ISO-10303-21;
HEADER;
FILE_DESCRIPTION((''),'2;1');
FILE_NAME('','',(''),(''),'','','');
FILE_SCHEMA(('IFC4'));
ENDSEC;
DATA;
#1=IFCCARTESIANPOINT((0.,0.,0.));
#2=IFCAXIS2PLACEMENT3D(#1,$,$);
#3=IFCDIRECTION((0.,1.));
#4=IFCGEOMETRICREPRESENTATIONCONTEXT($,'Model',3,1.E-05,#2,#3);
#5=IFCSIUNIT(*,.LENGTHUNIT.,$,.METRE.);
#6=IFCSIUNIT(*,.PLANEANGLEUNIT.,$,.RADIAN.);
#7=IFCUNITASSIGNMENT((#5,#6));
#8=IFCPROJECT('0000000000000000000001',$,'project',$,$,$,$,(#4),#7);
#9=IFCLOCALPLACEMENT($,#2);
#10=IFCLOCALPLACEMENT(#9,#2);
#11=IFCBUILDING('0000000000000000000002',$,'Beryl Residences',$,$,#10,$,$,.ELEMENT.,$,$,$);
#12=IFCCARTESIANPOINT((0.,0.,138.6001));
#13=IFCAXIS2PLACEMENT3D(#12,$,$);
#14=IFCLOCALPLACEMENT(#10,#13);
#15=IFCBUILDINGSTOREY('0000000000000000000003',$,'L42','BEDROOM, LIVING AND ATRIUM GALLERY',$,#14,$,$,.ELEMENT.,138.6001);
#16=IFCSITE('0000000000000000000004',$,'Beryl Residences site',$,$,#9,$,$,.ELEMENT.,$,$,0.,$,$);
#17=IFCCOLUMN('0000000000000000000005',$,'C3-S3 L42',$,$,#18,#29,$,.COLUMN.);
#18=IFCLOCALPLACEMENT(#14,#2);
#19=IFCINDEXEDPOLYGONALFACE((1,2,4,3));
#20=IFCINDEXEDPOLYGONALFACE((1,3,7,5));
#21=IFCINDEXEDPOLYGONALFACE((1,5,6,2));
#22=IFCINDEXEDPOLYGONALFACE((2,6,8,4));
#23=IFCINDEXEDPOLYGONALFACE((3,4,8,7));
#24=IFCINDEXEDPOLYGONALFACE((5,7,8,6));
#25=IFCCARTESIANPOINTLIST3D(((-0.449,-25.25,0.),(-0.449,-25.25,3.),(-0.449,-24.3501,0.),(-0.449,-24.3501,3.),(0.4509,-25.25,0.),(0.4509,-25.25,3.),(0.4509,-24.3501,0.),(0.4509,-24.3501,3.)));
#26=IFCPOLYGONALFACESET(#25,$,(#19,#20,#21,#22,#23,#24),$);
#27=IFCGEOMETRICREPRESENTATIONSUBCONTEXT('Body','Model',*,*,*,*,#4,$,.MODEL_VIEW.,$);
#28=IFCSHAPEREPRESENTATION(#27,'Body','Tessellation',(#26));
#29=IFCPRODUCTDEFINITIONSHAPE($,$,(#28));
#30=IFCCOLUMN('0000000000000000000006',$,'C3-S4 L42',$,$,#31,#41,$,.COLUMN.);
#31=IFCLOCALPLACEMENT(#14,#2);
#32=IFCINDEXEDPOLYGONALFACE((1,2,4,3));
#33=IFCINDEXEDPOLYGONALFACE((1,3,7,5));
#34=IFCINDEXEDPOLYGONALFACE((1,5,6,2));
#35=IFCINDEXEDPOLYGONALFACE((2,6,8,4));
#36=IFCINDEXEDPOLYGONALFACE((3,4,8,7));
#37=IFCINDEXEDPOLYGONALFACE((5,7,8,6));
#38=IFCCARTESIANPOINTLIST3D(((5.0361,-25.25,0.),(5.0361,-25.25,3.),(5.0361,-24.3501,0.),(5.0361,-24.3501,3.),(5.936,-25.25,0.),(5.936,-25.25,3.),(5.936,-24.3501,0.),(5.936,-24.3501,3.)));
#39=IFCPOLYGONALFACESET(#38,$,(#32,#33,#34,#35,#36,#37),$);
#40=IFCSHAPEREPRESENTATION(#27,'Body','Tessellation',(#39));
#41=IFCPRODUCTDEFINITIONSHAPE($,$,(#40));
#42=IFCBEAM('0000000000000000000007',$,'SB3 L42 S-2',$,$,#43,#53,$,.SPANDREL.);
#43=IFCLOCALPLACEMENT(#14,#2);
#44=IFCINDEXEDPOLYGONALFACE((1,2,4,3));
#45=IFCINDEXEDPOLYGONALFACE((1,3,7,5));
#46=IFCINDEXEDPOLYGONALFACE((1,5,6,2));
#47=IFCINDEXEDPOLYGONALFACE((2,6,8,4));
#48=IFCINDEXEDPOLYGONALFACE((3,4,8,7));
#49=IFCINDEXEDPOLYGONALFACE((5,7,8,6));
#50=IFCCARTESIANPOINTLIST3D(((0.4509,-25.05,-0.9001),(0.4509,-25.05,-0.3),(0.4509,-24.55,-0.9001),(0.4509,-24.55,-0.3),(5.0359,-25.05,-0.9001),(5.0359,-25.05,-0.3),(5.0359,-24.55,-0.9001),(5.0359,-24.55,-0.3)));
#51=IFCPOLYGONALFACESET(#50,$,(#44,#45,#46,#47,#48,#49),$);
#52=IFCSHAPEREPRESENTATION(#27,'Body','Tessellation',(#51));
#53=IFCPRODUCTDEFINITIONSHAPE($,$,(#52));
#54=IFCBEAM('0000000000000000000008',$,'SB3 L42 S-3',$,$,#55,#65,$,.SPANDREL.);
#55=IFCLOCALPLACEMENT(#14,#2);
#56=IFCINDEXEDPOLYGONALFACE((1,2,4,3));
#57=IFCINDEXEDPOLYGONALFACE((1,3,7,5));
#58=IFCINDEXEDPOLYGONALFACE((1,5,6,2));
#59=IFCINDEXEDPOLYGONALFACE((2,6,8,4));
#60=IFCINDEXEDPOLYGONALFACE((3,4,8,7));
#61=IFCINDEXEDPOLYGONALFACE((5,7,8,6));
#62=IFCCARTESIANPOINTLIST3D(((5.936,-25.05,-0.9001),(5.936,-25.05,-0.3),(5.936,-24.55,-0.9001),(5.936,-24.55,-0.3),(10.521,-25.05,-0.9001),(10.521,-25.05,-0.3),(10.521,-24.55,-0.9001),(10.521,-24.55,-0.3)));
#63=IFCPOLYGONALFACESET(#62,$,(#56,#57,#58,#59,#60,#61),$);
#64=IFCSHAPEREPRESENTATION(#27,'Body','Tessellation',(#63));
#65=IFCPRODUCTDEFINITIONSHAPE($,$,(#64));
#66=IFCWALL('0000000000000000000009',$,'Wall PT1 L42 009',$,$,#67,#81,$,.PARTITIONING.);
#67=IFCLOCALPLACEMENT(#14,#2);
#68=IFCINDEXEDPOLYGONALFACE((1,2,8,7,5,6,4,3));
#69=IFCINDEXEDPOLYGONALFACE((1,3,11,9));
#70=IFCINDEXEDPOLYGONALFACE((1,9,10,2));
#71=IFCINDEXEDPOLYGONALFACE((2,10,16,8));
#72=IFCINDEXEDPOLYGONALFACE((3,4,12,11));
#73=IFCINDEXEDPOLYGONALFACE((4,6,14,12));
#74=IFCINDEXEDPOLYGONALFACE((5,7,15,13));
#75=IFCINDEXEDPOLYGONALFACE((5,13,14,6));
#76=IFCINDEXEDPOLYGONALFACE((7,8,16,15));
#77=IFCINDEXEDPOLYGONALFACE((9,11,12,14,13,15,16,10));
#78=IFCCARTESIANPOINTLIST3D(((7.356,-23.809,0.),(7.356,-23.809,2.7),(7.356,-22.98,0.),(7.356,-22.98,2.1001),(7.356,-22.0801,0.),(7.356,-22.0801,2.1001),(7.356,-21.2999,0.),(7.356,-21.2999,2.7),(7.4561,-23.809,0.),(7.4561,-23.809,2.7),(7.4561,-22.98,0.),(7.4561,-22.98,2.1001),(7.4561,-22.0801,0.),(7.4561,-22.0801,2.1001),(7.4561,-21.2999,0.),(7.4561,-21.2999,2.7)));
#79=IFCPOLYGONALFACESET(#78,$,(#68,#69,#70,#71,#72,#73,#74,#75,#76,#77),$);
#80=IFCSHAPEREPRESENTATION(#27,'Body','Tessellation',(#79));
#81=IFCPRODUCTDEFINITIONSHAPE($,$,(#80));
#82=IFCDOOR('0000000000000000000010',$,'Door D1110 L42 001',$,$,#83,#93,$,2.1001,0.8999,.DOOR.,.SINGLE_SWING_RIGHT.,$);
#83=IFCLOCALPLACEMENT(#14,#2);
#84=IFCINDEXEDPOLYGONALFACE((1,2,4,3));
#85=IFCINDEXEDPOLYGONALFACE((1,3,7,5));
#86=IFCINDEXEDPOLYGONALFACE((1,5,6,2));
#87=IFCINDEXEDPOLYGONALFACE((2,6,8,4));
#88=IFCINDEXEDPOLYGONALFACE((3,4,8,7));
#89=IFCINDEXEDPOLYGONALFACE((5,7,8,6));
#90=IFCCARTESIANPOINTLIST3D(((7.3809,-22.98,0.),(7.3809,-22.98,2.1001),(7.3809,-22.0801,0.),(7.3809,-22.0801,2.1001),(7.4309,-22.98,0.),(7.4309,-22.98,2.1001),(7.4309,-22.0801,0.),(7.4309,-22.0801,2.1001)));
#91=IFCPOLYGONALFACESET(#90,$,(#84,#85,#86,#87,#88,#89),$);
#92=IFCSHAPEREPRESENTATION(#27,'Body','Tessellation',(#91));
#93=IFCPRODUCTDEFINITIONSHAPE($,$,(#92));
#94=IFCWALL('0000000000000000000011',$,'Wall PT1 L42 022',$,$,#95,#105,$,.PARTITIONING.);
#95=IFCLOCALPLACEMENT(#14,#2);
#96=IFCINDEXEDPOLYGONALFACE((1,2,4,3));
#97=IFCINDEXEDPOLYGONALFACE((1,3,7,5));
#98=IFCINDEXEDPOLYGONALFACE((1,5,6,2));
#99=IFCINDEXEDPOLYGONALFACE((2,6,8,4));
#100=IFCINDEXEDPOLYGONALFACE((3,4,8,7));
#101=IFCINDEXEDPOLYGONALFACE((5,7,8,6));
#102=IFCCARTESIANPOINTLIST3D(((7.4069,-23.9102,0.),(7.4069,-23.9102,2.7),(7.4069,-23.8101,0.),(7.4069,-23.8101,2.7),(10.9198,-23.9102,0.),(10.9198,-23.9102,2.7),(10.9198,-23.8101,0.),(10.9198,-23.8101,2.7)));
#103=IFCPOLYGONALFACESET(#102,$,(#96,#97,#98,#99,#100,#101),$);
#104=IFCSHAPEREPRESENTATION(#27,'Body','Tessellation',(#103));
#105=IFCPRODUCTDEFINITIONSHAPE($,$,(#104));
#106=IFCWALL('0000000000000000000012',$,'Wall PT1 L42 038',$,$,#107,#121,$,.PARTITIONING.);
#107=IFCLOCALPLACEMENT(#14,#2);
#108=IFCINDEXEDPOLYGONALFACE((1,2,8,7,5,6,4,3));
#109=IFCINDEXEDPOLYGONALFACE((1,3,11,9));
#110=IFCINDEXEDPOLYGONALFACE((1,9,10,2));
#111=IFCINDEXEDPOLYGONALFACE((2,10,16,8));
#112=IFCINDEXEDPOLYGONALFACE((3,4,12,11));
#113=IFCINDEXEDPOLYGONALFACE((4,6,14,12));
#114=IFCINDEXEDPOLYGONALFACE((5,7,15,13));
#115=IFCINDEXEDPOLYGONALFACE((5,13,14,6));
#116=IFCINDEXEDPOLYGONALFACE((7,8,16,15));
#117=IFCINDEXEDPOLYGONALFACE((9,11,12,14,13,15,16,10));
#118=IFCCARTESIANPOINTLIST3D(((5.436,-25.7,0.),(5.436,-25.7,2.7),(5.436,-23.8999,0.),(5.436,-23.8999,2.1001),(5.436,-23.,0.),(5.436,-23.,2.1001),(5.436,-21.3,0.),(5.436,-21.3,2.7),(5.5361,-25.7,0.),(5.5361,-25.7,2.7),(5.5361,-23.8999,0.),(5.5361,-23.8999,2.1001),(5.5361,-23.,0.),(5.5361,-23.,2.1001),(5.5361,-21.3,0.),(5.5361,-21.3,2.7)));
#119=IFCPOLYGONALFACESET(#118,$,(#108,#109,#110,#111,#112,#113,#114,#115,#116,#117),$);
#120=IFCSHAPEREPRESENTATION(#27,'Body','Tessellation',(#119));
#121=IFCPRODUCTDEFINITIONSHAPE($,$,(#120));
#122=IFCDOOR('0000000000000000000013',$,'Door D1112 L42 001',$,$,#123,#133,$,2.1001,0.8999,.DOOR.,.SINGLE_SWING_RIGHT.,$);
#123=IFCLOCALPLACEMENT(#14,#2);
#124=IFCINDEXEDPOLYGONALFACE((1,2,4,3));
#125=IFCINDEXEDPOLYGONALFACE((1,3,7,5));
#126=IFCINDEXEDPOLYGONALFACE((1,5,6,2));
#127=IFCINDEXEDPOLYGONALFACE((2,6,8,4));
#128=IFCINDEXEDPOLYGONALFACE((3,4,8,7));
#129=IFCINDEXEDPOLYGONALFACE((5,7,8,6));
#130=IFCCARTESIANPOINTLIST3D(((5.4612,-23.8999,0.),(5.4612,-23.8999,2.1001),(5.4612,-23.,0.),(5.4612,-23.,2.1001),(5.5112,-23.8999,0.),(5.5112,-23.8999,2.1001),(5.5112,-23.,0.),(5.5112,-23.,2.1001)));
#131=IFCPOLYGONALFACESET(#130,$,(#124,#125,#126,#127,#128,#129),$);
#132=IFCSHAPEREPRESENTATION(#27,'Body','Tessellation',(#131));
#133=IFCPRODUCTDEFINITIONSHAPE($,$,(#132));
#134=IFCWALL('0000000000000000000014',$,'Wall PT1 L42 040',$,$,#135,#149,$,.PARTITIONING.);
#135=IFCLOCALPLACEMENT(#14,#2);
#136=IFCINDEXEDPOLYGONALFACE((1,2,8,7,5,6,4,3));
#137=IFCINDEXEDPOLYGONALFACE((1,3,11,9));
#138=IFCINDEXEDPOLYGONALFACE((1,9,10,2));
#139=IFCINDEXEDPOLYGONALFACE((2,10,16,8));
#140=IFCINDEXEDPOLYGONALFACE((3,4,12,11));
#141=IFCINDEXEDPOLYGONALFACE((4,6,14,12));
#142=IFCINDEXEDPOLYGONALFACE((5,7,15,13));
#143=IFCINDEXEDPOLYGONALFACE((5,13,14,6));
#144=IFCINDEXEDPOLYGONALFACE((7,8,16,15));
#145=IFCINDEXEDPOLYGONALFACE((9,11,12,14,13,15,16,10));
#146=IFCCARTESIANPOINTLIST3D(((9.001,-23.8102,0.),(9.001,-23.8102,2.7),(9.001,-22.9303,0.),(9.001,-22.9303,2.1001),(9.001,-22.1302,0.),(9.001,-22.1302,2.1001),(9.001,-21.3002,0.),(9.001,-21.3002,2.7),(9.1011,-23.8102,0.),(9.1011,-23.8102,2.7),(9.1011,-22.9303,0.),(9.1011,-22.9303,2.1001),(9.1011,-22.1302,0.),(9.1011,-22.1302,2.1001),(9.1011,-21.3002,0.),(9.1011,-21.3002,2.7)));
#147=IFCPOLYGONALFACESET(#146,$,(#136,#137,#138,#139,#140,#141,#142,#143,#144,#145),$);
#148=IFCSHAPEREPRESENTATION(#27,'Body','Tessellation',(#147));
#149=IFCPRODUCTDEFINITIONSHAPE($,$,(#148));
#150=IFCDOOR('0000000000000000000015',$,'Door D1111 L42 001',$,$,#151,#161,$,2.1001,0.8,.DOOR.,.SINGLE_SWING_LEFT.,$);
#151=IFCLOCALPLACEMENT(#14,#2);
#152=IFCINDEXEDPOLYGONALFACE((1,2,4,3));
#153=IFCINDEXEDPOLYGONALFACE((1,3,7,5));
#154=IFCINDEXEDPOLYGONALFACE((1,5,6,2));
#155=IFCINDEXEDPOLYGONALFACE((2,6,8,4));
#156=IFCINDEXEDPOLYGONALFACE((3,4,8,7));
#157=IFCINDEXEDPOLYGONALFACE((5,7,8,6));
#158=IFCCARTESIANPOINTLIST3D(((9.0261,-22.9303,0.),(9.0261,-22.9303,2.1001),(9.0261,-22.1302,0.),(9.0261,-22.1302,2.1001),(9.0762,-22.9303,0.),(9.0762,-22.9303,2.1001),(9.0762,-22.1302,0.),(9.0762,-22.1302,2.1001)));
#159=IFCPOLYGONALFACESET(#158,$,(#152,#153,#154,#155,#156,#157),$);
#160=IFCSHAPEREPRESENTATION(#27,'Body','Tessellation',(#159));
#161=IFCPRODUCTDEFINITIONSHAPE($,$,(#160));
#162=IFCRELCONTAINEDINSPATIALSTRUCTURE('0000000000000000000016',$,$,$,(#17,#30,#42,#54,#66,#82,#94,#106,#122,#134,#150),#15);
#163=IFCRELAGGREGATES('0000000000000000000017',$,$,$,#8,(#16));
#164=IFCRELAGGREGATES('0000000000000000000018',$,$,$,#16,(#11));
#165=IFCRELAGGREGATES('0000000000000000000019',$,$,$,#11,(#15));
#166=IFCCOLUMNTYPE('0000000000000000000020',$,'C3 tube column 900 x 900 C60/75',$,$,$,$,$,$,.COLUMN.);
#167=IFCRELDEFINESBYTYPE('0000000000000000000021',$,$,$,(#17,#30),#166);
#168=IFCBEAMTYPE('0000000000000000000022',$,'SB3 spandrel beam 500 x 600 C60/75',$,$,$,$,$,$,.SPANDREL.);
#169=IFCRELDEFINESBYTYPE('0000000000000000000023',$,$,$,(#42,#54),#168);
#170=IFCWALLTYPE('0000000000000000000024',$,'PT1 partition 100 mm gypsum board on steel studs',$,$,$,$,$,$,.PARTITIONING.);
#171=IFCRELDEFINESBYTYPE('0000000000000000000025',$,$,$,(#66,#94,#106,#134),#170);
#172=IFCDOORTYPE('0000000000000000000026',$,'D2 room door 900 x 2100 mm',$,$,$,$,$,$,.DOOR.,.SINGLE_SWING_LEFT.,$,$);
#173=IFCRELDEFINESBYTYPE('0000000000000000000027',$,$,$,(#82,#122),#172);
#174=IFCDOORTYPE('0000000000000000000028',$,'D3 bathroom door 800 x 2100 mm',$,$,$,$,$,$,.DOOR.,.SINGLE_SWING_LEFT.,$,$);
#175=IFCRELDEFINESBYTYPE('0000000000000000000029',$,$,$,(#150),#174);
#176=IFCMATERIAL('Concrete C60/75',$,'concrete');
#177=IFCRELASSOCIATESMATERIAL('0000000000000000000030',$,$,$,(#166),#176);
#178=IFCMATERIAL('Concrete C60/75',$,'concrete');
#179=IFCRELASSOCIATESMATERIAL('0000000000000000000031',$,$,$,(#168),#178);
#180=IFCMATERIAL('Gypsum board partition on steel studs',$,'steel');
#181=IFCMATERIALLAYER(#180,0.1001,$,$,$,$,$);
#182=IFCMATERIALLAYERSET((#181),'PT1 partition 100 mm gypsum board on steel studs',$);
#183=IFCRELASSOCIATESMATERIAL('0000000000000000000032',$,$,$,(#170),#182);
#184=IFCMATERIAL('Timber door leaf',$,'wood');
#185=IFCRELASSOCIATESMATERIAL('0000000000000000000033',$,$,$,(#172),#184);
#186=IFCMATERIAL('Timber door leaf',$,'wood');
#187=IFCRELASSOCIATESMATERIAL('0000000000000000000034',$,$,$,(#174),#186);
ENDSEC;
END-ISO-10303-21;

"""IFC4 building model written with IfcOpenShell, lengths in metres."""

from ifc_helpers import new_model, si_unit, direction, frame, frame_2d, origin, origin_2d, place, context, subcontext, project, spatial, rectangle, extrude, material, layer, layer_set, material_profile, profile_set, type_object, element, fill, save


model = new_model("IFC4")

# Units and contexts
model_context = context("Model", 3, precision=1e-05, world=origin(), true_north=direction((0.0, 1.0)))
body_context = subcontext(model_context, "Body", "Model", "MODEL_VIEW")
ifc_project = project(units=[si_unit("LENGTHUNIT", "METRE"), si_unit("PLANEANGLEUNIT", "RADIAN")], contexts=[model_context])

# Site, building, storey
site_placement = place(None, origin())
site = spatial("IfcSite", under=ifc_project, at=site_placement, Name="Beryl Residences site", CompositionType="ELEMENT", RefElevation=0.0)
building_placement = place(site_placement, origin())
building = spatial("IfcBuilding", under=site, at=building_placement, Name="Beryl Residences", CompositionType="ELEMENT")
storey_placement = place(building_placement, frame((0.0, 0.0, 138.6001)))
storey = spatial("IfcBuildingStorey", under=building, at=storey_placement, Name="L42", Description="BEDROOM, LIVING AND ATRIUM GALLERY", CompositionType="ELEMENT", Elevation=138.6001)

# Columns
ifc_material_1 = material(Name="Concrete C60/75", Category="concrete")
ifc_material_profile_1 = material_profile(ifc_material_1, rectangle(XDim=0.8999, YDim=0.8999, at=origin_2d()))
ifc_profile_set_1 = profile_set([ifc_material_profile_1], Name="Concrete C60/75")
column_type = type_object("IfcColumnType", Name="C3 tube column 900 x 900 C60/75", PredefinedType="COLUMN", material=ifc_profile_set_1)
for number, where, z_axis, x_axis, name in (
    (1, (0.001, -24.8, 0.0), (0.0, 0.0, 1.0), (1.0, 0.0, 0.0), "C3-S3 L42"),
    (2, (5.4861, -24.8, 0.0), (0.0, 0.0, 1.0), (1.0, 0.0, 0.0), "C3-S4 L42"),
):
    element("IfcColumn", number, at=place(storey_placement, frame(where, z_axis=z_axis, x_axis=x_axis)), inside=storey, type_object=column_type, Name=name, PredefinedType="COLUMN", context=body_context, shape_type="SweptSolid", body=[
        extrude(rectangle(XDim=0.8999, YDim=0.8999, at=origin_2d()), origin(), (0.0, 0.0, 1.0), 3.0),
    ])

# Beams
ifc_material_2 = material(Name="Concrete C60/75", Category="concrete")
ifc_material_profile_2 = material_profile(ifc_material_2, rectangle(XDim=0.5, YDim=0.6001, at=origin_2d()))
ifc_profile_set_2 = profile_set([ifc_material_profile_2], Name="Concrete C60/75")
beam_type = type_object("IfcBeamType", Name="SB3 spandrel beam 500 x 600 C60/75", PredefinedType="SPANDREL", material=ifc_profile_set_2)
for number, where, z_axis, x_axis, name in (
    (3, (0.4509, -24.8, -0.6001), (1.0, 0.0, 0.0), (0.0, 1.0, 0.0), "SB3 L42 S-2"),
    (4, (5.936, -24.8, -0.6001), (1.0, 0.0, 0.0), (0.0, 1.0, 0.0), "SB3 L42 S-3"),
):
    element("IfcBeam", number, at=place(storey_placement, frame(where, z_axis=z_axis, x_axis=x_axis)), inside=storey, type_object=beam_type, Name=name, PredefinedType="SPANDREL", context=body_context, shape_type="SweptSolid", body=[
        extrude(rectangle(XDim=0.5, YDim=0.6001, at=origin_2d()), origin(), (0.0, 0.0, 1.0), 4.585),
    ])

# Wall, opening, door
ifc_material_3 = material(Name="Gypsum board partition on steel studs", Category="steel")
ifc_layer_1 = layer(ifc_material_3, 0.1001)
ifc_layer_set_1 = layer_set([ifc_layer_1], Name="PT1 partition 100 mm gypsum board on steel studs")
wall_type_1 = type_object("IfcWallType", Name="PT1 partition 100 mm gypsum board on steel studs", PredefinedType="PARTITIONING", material=ifc_layer_set_1)
wall_1_placement = place(storey_placement, frame((7.406, -21.3, 0.0), z_axis=(0.0, 0.0, 1.0), x_axis=(0.0, -1.0, 0.0)))
wall_1 = element("IfcWall", 5, at=wall_1_placement, inside=storey, type_object=wall_type_1, Name="Wall PT1 L42 009", PredefinedType="PARTITIONING", context=body_context, shape_type="SweptSolid", body=[
    extrude(rectangle(XDim=2.509, YDim=0.1001, at=frame_2d((1.2544, 0.0))), origin(), (0.0, 0.0, 1.0), 2.7),
])
opening_1_placement = place(wall_1_placement, frame((0.78, 0.0, 0.0)))
opening_1 = element("IfcOpeningElement", 6, at=opening_1_placement, cuts=wall_1, PredefinedType="OPENING", context=body_context, shape_type="SweptSolid", body=[
    extrude(rectangle(XDim=0.8999, YDim=2.1001, at=frame_2d((0.45, 1.05))), frame((0.0, 0.0601, 0.0), z_axis=(0.0, -1.0, 0.0), x_axis=(1.0, 0.0, 0.0)), (0.0, 0.0, 1.0), 0.1201),
])
ifc_material_4 = material(Name="Timber door leaf", Category="wood")
door_type_1 = type_object("IfcDoorType", Name="D2 room door 900 x 2100 mm", OperationType="SINGLE_SWING_LEFT", PredefinedType="DOOR", material=ifc_material_4)
door_1_placement = place(opening_1_placement, origin())
door_1 = element("IfcDoor", 7, at=door_1_placement, inside=storey, type_object=door_type_1, Name="Door D1110 L42 001", OperationType="SINGLE_SWING_RIGHT", OverallHeight=2.1001, OverallWidth=0.8999, PredefinedType="DOOR", context=body_context, shape_type="SweptSolid", body=[
    extrude(rectangle(XDim=0.8999, YDim=2.1001, at=frame_2d((0.45, 1.05))), frame((0.0, 0.0249, 0.0), z_axis=(0.0, -1.0, 0.0), x_axis=(1.0, 0.0, 0.0)), (0.0, 0.0, 1.0), 0.05),
])
fill(opening_1, door_1)

# Wall
wall_2_placement = place(storey_placement, frame((7.407, -23.8601, 0.0), z_axis=(0.0, 0.0, 1.0), x_axis=(1.0, 0.0, 0.0)))
element("IfcWall", 8, at=wall_2_placement, inside=storey, type_object=wall_type_1, Name="Wall PT1 L42 022", PredefinedType="PARTITIONING", context=body_context, shape_type="SweptSolid", body=[
    extrude(rectangle(XDim=3.5129, YDim=0.1001, at=frame_2d((1.7563, 0.0))), origin(), (0.0, 0.0, 1.0), 2.7),
])

# Walls, openings, doors
wall_3_placement = place(storey_placement, frame((5.4861, -25.7, 0.0), z_axis=(0.0, 0.0, 1.0), x_axis=(0.0, 1.0, 0.0)))
wall_3 = element("IfcWall", 9, at=wall_3_placement, inside=storey, type_object=wall_type_1, Name="Wall PT1 L42 038", PredefinedType="PARTITIONING", context=body_context, shape_type="SweptSolid", body=[
    extrude(rectangle(XDim=4.3999, YDim=0.1001, at=frame_2d((2.2, 0.0))), origin(), (0.0, 0.0, 1.0), 2.7),
])
opening_2_placement = place(wall_3_placement, frame((1.8, 0.0, 0.0)))
opening_2 = element("IfcOpeningElement", 10, at=opening_2_placement, cuts=wall_3, PredefinedType="OPENING", context=body_context, shape_type="SweptSolid", body=[
    extrude(rectangle(XDim=0.8999, YDim=2.1001, at=frame_2d((0.45, 1.05))), frame((0.0, 0.0601, 0.0), z_axis=(0.0, -1.0, 0.0), x_axis=(1.0, 0.0, 0.0)), (0.0, 0.0, 1.0), 0.1201),
])
door_2_placement = place(opening_2_placement, origin())
door_2 = element("IfcDoor", 11, at=door_2_placement, inside=storey, type_object=door_type_1, Name="Door D1112 L42 001", OperationType="SINGLE_SWING_RIGHT", OverallHeight=2.1001, OverallWidth=0.8999, PredefinedType="DOOR", context=body_context, shape_type="SweptSolid", body=[
    extrude(rectangle(XDim=0.8999, YDim=2.1001, at=frame_2d((0.45, 1.05))), frame((0.0, 0.0249, 0.0), z_axis=(0.0, -1.0, 0.0), x_axis=(1.0, 0.0, 0.0)), (0.0, 0.0, 1.0), 0.05),
])
fill(opening_2, door_2)
wall_4_placement = place(storey_placement, frame((9.051, -23.8101, 0.0), z_axis=(0.0, 0.0, 1.0), x_axis=(0.0, 1.0, 0.0)))
wall_4 = element("IfcWall", 12, at=wall_4_placement, inside=storey, type_object=wall_type_1, Name="Wall PT1 L42 040", PredefinedType="PARTITIONING", context=body_context, shape_type="SweptSolid", body=[
    extrude(rectangle(XDim=2.51, YDim=0.1001, at=frame_2d((1.2549, 0.0))), origin(), (0.0, 0.0, 1.0), 2.7),
])
opening_3_placement = place(wall_4_placement, frame((0.8799, 0.0, 0.0)))
opening_3 = element("IfcOpeningElement", 13, at=opening_3_placement, cuts=wall_4, PredefinedType="OPENING", context=body_context, shape_type="SweptSolid", body=[
    extrude(rectangle(XDim=0.8, YDim=2.1001, at=frame_2d((0.3999, 1.05))), frame((0.0, 0.0601, 0.0), z_axis=(0.0, -1.0, 0.0), x_axis=(1.0, 0.0, 0.0)), (0.0, 0.0, 1.0), 0.1201),
])
ifc_material_5 = material(Name="Timber door leaf", Category="wood")
door_type_2 = type_object("IfcDoorType", Name="D3 bathroom door 800 x 2100 mm", OperationType="SINGLE_SWING_LEFT", PredefinedType="DOOR", material=ifc_material_5)
door_3_placement = place(opening_3_placement, origin())
door_3 = element("IfcDoor", 14, at=door_3_placement, inside=storey, type_object=door_type_2, Name="Door D1111 L42 001", OperationType="SINGLE_SWING_LEFT", OverallHeight=2.1001, OverallWidth=0.8, PredefinedType="DOOR", context=body_context, shape_type="SweptSolid", body=[
    extrude(rectangle(XDim=0.8, YDim=2.1001, at=frame_2d((0.3999, 1.05))), frame((0.0, 0.0249, 0.0), z_axis=(0.0, -1.0, 0.0), x_axis=(1.0, 0.0, 0.0)), (0.0, 0.0, 1.0), 0.05),
])
fill(opening_3, door_3)

save(model, "model.ifc")
